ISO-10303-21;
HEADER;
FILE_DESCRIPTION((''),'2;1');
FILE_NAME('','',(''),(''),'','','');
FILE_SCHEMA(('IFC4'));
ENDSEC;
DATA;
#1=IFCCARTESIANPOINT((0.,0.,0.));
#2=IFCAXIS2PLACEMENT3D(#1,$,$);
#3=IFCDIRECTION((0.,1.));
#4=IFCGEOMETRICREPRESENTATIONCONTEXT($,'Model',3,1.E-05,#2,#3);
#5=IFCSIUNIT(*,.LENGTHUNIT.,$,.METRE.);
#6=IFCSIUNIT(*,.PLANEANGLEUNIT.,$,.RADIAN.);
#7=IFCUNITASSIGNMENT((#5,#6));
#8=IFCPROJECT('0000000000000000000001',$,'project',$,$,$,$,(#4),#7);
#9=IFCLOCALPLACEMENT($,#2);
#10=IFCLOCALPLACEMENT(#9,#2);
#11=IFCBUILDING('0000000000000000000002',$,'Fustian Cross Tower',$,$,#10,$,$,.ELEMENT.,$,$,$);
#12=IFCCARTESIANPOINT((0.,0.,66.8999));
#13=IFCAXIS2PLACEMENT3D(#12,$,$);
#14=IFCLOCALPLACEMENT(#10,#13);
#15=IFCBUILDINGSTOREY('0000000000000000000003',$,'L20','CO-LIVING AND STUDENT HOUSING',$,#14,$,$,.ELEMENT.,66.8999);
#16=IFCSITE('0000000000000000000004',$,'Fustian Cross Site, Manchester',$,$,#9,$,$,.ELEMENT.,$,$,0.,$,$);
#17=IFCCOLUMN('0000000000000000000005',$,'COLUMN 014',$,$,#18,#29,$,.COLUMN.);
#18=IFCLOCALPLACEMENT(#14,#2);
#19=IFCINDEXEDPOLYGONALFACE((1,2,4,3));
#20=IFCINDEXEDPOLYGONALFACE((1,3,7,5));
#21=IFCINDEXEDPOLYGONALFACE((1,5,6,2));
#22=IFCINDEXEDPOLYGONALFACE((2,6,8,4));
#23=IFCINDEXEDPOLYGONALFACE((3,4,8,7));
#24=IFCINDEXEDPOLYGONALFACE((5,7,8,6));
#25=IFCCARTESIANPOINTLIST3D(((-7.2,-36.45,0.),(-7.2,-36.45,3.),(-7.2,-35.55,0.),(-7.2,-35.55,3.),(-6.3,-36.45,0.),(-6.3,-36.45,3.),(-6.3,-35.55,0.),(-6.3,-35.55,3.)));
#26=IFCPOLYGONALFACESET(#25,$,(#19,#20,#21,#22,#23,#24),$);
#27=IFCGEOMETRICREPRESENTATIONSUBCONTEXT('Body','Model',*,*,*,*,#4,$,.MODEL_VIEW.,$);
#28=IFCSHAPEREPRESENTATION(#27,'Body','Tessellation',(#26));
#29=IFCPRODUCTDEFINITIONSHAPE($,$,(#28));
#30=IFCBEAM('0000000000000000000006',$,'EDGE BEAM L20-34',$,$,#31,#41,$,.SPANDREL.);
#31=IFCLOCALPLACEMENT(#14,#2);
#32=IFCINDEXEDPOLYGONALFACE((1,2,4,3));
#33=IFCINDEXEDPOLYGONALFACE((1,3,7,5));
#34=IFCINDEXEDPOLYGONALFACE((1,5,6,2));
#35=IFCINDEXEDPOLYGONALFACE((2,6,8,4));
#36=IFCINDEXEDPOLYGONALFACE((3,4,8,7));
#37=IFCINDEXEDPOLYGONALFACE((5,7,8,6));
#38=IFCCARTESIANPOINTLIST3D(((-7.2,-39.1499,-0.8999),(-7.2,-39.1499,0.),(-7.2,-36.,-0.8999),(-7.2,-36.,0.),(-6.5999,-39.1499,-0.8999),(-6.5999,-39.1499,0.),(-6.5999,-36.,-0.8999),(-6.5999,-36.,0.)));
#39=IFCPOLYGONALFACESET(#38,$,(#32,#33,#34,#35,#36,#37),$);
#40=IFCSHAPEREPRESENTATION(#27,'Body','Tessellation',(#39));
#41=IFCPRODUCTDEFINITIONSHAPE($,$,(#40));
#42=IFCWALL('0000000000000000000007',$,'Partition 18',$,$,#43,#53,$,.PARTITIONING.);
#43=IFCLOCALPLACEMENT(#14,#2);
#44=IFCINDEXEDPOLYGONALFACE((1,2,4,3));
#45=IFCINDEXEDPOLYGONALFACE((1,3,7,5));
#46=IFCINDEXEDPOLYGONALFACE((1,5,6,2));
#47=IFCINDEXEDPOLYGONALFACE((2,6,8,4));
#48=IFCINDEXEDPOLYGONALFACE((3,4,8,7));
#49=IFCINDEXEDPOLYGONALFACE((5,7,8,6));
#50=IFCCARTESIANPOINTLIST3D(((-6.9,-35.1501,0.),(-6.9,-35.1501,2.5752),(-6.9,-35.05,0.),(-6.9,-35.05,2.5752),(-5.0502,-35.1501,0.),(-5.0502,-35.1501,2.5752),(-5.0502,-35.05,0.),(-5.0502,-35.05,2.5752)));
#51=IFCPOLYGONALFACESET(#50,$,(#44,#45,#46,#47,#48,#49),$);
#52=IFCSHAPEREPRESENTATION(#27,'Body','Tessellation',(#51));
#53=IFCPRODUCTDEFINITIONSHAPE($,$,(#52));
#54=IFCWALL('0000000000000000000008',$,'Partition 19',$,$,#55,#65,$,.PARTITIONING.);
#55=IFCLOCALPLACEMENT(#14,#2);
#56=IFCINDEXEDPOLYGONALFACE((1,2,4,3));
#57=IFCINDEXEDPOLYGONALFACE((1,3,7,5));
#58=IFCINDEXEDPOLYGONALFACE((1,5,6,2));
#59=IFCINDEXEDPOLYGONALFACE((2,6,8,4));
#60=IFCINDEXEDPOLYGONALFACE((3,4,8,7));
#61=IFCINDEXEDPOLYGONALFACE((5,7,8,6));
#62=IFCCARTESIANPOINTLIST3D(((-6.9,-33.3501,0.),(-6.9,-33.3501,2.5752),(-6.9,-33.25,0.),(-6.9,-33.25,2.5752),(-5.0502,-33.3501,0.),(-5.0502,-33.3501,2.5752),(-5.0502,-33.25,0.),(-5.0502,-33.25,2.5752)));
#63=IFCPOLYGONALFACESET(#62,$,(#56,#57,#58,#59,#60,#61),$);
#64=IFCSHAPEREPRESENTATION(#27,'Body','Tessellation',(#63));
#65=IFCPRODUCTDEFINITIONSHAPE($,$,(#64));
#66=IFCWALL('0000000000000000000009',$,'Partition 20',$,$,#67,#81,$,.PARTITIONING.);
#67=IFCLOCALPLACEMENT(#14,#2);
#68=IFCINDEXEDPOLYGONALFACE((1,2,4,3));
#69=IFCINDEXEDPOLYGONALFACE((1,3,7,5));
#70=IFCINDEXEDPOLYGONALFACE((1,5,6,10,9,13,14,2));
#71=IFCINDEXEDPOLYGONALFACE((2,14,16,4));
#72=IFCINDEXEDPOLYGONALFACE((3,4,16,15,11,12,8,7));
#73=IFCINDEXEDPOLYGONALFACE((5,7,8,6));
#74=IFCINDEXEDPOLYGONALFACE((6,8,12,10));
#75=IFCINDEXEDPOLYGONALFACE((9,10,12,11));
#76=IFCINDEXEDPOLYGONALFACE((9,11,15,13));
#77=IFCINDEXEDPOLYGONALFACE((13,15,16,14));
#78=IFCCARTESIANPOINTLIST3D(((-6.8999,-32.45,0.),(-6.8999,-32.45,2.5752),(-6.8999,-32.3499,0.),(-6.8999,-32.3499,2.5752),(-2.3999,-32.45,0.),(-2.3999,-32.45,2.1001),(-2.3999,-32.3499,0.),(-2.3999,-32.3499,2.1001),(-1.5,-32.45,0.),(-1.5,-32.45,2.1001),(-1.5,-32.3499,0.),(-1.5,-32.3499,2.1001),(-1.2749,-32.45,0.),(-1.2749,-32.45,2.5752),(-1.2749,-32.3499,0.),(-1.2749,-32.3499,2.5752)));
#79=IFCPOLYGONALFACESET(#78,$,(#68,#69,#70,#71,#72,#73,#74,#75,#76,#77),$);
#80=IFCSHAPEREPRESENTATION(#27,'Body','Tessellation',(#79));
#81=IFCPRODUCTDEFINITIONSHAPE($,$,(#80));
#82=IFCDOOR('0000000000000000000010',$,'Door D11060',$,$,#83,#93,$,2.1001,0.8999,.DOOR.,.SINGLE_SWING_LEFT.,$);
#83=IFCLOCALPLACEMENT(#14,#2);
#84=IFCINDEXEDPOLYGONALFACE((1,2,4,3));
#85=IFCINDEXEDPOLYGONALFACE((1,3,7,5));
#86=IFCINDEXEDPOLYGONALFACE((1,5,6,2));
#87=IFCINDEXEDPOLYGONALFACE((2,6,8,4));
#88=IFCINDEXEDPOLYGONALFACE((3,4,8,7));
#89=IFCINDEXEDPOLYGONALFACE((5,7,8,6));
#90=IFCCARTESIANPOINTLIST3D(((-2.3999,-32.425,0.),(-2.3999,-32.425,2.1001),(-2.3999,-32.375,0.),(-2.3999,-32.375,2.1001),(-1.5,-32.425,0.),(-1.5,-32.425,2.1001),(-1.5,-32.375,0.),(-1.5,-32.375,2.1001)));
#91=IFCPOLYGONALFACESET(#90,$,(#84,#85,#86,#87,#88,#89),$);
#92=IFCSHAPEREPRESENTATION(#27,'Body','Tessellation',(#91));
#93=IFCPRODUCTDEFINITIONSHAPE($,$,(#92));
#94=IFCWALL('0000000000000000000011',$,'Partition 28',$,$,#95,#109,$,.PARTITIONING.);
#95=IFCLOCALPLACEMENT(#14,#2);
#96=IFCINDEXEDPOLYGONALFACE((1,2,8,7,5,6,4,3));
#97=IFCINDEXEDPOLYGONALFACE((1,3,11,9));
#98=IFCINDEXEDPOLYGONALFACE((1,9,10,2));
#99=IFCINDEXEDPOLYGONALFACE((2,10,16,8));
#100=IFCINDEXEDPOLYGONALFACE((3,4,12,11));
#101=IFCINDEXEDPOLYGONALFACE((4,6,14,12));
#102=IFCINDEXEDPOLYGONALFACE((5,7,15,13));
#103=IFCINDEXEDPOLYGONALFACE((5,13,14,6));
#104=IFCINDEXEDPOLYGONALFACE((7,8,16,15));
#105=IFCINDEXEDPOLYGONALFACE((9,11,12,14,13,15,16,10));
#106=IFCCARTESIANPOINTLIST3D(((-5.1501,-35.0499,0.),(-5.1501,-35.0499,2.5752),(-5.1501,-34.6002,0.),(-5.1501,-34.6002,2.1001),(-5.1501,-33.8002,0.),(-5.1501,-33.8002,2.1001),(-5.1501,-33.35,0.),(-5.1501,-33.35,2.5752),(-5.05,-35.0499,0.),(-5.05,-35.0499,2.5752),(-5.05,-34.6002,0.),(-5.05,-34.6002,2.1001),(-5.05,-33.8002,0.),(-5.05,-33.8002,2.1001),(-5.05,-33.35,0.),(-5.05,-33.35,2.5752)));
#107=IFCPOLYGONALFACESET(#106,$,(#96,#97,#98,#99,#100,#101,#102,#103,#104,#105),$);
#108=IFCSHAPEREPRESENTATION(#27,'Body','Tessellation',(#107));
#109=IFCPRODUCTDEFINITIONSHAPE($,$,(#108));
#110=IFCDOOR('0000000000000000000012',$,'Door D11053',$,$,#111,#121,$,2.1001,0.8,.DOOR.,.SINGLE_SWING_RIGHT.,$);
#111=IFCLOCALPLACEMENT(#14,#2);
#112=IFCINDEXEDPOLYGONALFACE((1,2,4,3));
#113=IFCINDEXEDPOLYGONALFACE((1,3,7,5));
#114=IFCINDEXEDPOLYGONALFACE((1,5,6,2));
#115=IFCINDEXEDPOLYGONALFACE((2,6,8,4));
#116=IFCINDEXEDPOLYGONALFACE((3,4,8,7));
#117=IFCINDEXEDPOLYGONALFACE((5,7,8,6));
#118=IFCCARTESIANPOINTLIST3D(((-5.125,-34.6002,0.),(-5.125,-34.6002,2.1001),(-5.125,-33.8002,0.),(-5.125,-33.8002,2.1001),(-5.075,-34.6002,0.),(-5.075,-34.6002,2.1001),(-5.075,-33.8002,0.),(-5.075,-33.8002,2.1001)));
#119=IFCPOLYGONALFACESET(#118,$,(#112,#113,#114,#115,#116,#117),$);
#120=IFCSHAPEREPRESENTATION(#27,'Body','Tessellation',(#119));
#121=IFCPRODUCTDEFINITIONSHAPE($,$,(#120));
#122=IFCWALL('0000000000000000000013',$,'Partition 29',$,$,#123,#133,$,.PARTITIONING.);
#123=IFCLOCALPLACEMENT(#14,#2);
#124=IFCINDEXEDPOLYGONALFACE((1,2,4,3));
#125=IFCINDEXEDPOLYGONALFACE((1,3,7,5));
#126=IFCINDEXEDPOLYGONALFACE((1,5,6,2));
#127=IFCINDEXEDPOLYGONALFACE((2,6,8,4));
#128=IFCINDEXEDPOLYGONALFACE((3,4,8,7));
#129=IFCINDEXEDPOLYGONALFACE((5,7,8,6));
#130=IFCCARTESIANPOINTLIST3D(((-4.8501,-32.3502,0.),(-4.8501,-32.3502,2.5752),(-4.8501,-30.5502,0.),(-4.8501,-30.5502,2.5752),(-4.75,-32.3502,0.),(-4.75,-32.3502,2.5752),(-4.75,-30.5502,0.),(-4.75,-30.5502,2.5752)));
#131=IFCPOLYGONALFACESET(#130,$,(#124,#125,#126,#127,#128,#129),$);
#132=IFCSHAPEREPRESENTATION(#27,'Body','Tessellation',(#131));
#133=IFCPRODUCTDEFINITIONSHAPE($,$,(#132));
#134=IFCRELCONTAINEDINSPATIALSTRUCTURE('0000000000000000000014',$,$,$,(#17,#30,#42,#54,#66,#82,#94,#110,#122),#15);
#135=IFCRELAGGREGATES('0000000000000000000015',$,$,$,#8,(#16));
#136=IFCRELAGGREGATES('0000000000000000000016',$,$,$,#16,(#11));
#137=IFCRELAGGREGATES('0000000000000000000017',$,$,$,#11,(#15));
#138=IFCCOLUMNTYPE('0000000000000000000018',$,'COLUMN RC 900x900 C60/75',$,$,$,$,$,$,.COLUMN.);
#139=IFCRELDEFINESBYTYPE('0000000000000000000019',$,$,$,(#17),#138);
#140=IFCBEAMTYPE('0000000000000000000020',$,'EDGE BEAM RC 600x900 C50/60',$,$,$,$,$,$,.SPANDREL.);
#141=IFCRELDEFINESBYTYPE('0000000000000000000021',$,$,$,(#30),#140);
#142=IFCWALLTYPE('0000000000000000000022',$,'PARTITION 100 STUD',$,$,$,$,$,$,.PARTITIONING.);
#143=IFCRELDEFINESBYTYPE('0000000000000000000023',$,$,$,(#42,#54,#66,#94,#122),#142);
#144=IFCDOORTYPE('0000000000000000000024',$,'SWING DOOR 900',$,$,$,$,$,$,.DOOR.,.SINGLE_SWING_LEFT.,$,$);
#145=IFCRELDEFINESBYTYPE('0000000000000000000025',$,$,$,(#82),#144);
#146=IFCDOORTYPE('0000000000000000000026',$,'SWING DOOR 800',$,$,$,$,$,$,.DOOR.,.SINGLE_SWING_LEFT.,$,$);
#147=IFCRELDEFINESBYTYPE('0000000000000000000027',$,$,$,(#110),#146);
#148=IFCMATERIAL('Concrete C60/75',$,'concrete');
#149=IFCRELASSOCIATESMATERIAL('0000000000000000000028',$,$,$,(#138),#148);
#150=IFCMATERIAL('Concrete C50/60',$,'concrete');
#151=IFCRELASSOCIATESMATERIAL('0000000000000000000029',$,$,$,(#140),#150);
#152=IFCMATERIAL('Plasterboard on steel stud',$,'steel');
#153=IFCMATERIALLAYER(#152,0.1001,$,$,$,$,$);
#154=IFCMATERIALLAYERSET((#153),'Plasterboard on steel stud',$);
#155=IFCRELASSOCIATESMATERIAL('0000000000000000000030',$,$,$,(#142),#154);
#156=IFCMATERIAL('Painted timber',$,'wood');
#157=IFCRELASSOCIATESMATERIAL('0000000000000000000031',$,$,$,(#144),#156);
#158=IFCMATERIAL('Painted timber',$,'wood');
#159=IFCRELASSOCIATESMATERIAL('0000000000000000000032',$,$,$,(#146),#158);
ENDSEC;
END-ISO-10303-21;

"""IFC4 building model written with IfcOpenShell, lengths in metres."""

from ifc_helpers import new_model, si_unit, direction, frame, frame_2d, origin, origin_2d, place, context, subcontext, project, spatial, rectangle, extrude, material, layer, layer_set, material_profile, profile_set, type_object, element, fill, save


model = new_model("IFC4")

# Units and contexts
model_context = context("Model", 3, precision=1e-05, world=origin(), true_north=direction((0.0, 1.0)))
body_context = subcontext(model_context, "Body", "Model", "MODEL_VIEW")
ifc_project = project(units=[si_unit("LENGTHUNIT", "METRE"), si_unit("PLANEANGLEUNIT", "RADIAN")], contexts=[model_context])

# Site, building, storey
site_placement = place(None, origin())
site = spatial("IfcSite", under=ifc_project, at=site_placement, Name="Fustian Cross Site, Manchester", CompositionType="ELEMENT", RefElevation=0.0)
building_placement = place(site_placement, origin())
building = spatial("IfcBuilding", under=site, at=building_placement, Name="Fustian Cross Tower", CompositionType="ELEMENT")
storey_placement = place(building_placement, frame((0.0, 0.0, 66.8999)))
storey = spatial("IfcBuildingStorey", under=building, at=storey_placement, Name="L20", Description="CO-LIVING AND STUDENT HOUSING", CompositionType="ELEMENT", Elevation=66.8999)

# Column
ifc_material_1 = material(Name="Concrete C60/75", Category="concrete")
ifc_material_profile_1 = material_profile(ifc_material_1, rectangle(XDim=0.8999, YDim=0.8999, at=origin_2d()), Name="RC 900x900")
ifc_profile_set_1 = profile_set([ifc_material_profile_1], Name="Concrete C60/75")
column_type = type_object("IfcColumnType", Name="COLUMN RC 900x900 C60/75", PredefinedType="COLUMN", material=ifc_profile_set_1)
column_placement = place(storey_placement, frame((-6.75, -36.0, 0.0), z_axis=(0.0, 0.0, 1.0), x_axis=(1.0, 0.0, 0.0)))
element("IfcColumn", 1, at=column_placement, inside=storey, type_object=column_type, Name="COLUMN 014", PredefinedType="COLUMN", context=body_context, shape_type="SweptSolid", body=[
    extrude(rectangle(XDim=0.8999, YDim=0.8999, at=origin_2d()), origin(), (0.0, 0.0, 1.0), 3.0),
])

# Beam
ifc_material_2 = material(Name="Concrete C50/60", Category="concrete")
ifc_material_profile_2 = material_profile(ifc_material_2, rectangle(XDim=0.6001, YDim=0.8999, at=origin_2d()), Name="RC 600x900")
ifc_profile_set_2 = profile_set([ifc_material_profile_2], Name="Concrete C50/60")
beam_type = type_object("IfcBeamType", Name="EDGE BEAM RC 600x900 C50/60", PredefinedType="SPANDREL", material=ifc_profile_set_2)
beam_placement = place(storey_placement, frame((-6.8999, -36.0, -0.45), z_axis=(0.0, -1.0, 0.0), x_axis=(1.0, 0.0, 0.0)))
element("IfcBeam", 2, at=beam_placement, inside=storey, type_object=beam_type, Name="EDGE BEAM L20-34", PredefinedType="SPANDREL", context=body_context, shape_type="SweptSolid", body=[
    extrude(rectangle(XDim=0.6001, YDim=0.8999, at=origin_2d()), origin(), (0.0, 0.0, 1.0), 3.1499),
])

# Walls
ifc_material_3 = material(Name="Plasterboard on steel stud", Category="steel")
ifc_layer_1 = layer(ifc_material_3, 0.1001)
ifc_layer_set_1 = layer_set([ifc_layer_1], Name="Plasterboard on steel stud")
wall_type_1 = type_object("IfcWallType", Name="PARTITION 100 STUD", PredefinedType="PARTITIONING", material=ifc_layer_set_1)
for number, where, z_axis, x_axis, name in (
    (3, (-6.8999, -35.1001, 0.0), (0.0, 0.0, 1.0), (1.0, 0.0, 0.0), "Partition 18"),
    (4, (-6.8999, -33.3, 0.0), (0.0, 0.0, 1.0), (1.0, 0.0, 0.0), "Partition 19"),
):
    element("IfcWall", number, at=place(storey_placement, frame(where, z_axis=z_axis, x_axis=x_axis)), inside=storey, type_object=wall_type_1, Name=name, PredefinedType="PARTITIONING", context=body_context, shape_type="SweptSolid", body=[
        extrude(rectangle(XDim=1.8499, YDim=0.1001, at=frame_2d((0.9248, 0.0))), origin(), (0.0, 0.0, 1.0), 2.5752),
    ])

# Walls, openings, doors
wall_1_placement = place(storey_placement, frame((-6.8999, -32.3999, 0.0), z_axis=(0.0, 0.0, 1.0), x_axis=(1.0, 0.0, 0.0)))
wall_1 = element("IfcWall", 5, at=wall_1_placement, inside=storey, type_object=wall_type_1, Name="Partition 20", PredefinedType="PARTITIONING", context=body_context, shape_type="SweptSolid", body=[
    extrude(rectangle(XDim=5.625, YDim=0.1001, at=frame_2d((2.8125, 0.0))), origin(), (0.0, 0.0, 1.0), 2.5752),
])
opening_1_placement = place(wall_1_placement, frame((4.5, 0.0, 0.0)))
opening_1 = element("IfcOpeningElement", 6, at=opening_1_placement, cuts=wall_1, PredefinedType="OPENING", context=body_context, shape_type="SweptSolid", body=[
    extrude(rectangle(XDim=0.8999, YDim=2.1001, at=frame_2d((0.45, 1.05))), frame((0.0, 0.0601, 0.0), z_axis=(0.0, -1.0, 0.0), x_axis=(1.0, 0.0, 0.0)), (0.0, 0.0, 1.0), 0.1201),
])
ifc_material_4 = material(Name="Painted timber", Category="wood")
door_type_1 = type_object("IfcDoorType", Name="SWING DOOR 900", OperationType="SINGLE_SWING_LEFT", PredefinedType="DOOR", material=ifc_material_4)
door_1_placement = place(opening_1_placement, origin())
door_1 = element("IfcDoor", 7, at=door_1_placement, inside=storey, type_object=door_type_1, Name="Door D11060", OperationType="SINGLE_SWING_LEFT", OverallHeight=2.1001, OverallWidth=0.8999, PredefinedType="DOOR", context=body_context, shape_type="SweptSolid", body=[
    extrude(rectangle(XDim=0.8999, YDim=2.1001, at=frame_2d((0.45, 1.05))), frame((0.0, 0.0249, 0.0), z_axis=(0.0, -1.0, 0.0), x_axis=(1.0, 0.0, 0.0)), (0.0, 0.0, 1.0), 0.05),
])
fill(opening_1, door_1)
wall_2_placement = place(storey_placement, frame((-5.1001, -35.05, 0.0), z_axis=(0.0, 0.0, 1.0), x_axis=(0.0, 1.0, 0.0)))
wall_2 = element("IfcWall", 8, at=wall_2_placement, inside=storey, type_object=wall_type_1, Name="Partition 28", PredefinedType="PARTITIONING", context=body_context, shape_type="SweptSolid", body=[
    extrude(rectangle(XDim=1.7, YDim=0.1001, at=frame_2d((0.8501, 0.0))), origin(), (0.0, 0.0, 1.0), 2.5752),
])
opening_2_placement = place(wall_2_placement, frame((0.45, 0.0, 0.0)))
opening_2 = element("IfcOpeningElement", 9, at=opening_2_placement, cuts=wall_2, PredefinedType="OPENING", context=body_context, shape_type="SweptSolid", body=[
    extrude(rectangle(XDim=0.8, YDim=2.1001, at=frame_2d((0.3999, 1.05))), frame((0.0, 0.0601, 0.0), z_axis=(0.0, -1.0, 0.0), x_axis=(1.0, 0.0, 0.0)), (0.0, 0.0, 1.0), 0.1201),
])
ifc_material_5 = material(Name="Painted timber", Category="wood")
door_type_2 = type_object("IfcDoorType", Name="SWING DOOR 800", OperationType="SINGLE_SWING_LEFT", PredefinedType="DOOR", material=ifc_material_5)
door_2_placement = place(opening_2_placement, origin())
door_2 = element("IfcDoor", 10, at=door_2_placement, inside=storey, type_object=door_type_2, Name="Door D11053", OperationType="SINGLE_SWING_RIGHT", OverallHeight=2.1001, OverallWidth=0.8, PredefinedType="DOOR", context=body_context, shape_type="SweptSolid", body=[
    extrude(rectangle(XDim=0.8, YDim=2.1001, at=frame_2d((0.3999, 1.05))), frame((0.0, 0.0249, 0.0), z_axis=(0.0, -1.0, 0.0), x_axis=(1.0, 0.0, 0.0)), (0.0, 0.0, 1.0), 0.05),
])
fill(opening_2, door_2)

# Wall
wall_3_placement = place(storey_placement, frame((-4.8, -32.3501, 0.0), z_axis=(0.0, 0.0, 1.0), x_axis=(0.0, 1.0, 0.0)))
element("IfcWall", 11, at=wall_3_placement, inside=storey, type_object=wall_type_1, Name="Partition 29", PredefinedType="PARTITIONING", context=body_context, shape_type="SweptSolid", body=[
    extrude(rectangle(XDim=1.8, YDim=0.1001, at=frame_2d((0.8999, 0.0))), origin(), (0.0, 0.0, 1.0), 2.5752),
])

save(model, "model.ifc")
